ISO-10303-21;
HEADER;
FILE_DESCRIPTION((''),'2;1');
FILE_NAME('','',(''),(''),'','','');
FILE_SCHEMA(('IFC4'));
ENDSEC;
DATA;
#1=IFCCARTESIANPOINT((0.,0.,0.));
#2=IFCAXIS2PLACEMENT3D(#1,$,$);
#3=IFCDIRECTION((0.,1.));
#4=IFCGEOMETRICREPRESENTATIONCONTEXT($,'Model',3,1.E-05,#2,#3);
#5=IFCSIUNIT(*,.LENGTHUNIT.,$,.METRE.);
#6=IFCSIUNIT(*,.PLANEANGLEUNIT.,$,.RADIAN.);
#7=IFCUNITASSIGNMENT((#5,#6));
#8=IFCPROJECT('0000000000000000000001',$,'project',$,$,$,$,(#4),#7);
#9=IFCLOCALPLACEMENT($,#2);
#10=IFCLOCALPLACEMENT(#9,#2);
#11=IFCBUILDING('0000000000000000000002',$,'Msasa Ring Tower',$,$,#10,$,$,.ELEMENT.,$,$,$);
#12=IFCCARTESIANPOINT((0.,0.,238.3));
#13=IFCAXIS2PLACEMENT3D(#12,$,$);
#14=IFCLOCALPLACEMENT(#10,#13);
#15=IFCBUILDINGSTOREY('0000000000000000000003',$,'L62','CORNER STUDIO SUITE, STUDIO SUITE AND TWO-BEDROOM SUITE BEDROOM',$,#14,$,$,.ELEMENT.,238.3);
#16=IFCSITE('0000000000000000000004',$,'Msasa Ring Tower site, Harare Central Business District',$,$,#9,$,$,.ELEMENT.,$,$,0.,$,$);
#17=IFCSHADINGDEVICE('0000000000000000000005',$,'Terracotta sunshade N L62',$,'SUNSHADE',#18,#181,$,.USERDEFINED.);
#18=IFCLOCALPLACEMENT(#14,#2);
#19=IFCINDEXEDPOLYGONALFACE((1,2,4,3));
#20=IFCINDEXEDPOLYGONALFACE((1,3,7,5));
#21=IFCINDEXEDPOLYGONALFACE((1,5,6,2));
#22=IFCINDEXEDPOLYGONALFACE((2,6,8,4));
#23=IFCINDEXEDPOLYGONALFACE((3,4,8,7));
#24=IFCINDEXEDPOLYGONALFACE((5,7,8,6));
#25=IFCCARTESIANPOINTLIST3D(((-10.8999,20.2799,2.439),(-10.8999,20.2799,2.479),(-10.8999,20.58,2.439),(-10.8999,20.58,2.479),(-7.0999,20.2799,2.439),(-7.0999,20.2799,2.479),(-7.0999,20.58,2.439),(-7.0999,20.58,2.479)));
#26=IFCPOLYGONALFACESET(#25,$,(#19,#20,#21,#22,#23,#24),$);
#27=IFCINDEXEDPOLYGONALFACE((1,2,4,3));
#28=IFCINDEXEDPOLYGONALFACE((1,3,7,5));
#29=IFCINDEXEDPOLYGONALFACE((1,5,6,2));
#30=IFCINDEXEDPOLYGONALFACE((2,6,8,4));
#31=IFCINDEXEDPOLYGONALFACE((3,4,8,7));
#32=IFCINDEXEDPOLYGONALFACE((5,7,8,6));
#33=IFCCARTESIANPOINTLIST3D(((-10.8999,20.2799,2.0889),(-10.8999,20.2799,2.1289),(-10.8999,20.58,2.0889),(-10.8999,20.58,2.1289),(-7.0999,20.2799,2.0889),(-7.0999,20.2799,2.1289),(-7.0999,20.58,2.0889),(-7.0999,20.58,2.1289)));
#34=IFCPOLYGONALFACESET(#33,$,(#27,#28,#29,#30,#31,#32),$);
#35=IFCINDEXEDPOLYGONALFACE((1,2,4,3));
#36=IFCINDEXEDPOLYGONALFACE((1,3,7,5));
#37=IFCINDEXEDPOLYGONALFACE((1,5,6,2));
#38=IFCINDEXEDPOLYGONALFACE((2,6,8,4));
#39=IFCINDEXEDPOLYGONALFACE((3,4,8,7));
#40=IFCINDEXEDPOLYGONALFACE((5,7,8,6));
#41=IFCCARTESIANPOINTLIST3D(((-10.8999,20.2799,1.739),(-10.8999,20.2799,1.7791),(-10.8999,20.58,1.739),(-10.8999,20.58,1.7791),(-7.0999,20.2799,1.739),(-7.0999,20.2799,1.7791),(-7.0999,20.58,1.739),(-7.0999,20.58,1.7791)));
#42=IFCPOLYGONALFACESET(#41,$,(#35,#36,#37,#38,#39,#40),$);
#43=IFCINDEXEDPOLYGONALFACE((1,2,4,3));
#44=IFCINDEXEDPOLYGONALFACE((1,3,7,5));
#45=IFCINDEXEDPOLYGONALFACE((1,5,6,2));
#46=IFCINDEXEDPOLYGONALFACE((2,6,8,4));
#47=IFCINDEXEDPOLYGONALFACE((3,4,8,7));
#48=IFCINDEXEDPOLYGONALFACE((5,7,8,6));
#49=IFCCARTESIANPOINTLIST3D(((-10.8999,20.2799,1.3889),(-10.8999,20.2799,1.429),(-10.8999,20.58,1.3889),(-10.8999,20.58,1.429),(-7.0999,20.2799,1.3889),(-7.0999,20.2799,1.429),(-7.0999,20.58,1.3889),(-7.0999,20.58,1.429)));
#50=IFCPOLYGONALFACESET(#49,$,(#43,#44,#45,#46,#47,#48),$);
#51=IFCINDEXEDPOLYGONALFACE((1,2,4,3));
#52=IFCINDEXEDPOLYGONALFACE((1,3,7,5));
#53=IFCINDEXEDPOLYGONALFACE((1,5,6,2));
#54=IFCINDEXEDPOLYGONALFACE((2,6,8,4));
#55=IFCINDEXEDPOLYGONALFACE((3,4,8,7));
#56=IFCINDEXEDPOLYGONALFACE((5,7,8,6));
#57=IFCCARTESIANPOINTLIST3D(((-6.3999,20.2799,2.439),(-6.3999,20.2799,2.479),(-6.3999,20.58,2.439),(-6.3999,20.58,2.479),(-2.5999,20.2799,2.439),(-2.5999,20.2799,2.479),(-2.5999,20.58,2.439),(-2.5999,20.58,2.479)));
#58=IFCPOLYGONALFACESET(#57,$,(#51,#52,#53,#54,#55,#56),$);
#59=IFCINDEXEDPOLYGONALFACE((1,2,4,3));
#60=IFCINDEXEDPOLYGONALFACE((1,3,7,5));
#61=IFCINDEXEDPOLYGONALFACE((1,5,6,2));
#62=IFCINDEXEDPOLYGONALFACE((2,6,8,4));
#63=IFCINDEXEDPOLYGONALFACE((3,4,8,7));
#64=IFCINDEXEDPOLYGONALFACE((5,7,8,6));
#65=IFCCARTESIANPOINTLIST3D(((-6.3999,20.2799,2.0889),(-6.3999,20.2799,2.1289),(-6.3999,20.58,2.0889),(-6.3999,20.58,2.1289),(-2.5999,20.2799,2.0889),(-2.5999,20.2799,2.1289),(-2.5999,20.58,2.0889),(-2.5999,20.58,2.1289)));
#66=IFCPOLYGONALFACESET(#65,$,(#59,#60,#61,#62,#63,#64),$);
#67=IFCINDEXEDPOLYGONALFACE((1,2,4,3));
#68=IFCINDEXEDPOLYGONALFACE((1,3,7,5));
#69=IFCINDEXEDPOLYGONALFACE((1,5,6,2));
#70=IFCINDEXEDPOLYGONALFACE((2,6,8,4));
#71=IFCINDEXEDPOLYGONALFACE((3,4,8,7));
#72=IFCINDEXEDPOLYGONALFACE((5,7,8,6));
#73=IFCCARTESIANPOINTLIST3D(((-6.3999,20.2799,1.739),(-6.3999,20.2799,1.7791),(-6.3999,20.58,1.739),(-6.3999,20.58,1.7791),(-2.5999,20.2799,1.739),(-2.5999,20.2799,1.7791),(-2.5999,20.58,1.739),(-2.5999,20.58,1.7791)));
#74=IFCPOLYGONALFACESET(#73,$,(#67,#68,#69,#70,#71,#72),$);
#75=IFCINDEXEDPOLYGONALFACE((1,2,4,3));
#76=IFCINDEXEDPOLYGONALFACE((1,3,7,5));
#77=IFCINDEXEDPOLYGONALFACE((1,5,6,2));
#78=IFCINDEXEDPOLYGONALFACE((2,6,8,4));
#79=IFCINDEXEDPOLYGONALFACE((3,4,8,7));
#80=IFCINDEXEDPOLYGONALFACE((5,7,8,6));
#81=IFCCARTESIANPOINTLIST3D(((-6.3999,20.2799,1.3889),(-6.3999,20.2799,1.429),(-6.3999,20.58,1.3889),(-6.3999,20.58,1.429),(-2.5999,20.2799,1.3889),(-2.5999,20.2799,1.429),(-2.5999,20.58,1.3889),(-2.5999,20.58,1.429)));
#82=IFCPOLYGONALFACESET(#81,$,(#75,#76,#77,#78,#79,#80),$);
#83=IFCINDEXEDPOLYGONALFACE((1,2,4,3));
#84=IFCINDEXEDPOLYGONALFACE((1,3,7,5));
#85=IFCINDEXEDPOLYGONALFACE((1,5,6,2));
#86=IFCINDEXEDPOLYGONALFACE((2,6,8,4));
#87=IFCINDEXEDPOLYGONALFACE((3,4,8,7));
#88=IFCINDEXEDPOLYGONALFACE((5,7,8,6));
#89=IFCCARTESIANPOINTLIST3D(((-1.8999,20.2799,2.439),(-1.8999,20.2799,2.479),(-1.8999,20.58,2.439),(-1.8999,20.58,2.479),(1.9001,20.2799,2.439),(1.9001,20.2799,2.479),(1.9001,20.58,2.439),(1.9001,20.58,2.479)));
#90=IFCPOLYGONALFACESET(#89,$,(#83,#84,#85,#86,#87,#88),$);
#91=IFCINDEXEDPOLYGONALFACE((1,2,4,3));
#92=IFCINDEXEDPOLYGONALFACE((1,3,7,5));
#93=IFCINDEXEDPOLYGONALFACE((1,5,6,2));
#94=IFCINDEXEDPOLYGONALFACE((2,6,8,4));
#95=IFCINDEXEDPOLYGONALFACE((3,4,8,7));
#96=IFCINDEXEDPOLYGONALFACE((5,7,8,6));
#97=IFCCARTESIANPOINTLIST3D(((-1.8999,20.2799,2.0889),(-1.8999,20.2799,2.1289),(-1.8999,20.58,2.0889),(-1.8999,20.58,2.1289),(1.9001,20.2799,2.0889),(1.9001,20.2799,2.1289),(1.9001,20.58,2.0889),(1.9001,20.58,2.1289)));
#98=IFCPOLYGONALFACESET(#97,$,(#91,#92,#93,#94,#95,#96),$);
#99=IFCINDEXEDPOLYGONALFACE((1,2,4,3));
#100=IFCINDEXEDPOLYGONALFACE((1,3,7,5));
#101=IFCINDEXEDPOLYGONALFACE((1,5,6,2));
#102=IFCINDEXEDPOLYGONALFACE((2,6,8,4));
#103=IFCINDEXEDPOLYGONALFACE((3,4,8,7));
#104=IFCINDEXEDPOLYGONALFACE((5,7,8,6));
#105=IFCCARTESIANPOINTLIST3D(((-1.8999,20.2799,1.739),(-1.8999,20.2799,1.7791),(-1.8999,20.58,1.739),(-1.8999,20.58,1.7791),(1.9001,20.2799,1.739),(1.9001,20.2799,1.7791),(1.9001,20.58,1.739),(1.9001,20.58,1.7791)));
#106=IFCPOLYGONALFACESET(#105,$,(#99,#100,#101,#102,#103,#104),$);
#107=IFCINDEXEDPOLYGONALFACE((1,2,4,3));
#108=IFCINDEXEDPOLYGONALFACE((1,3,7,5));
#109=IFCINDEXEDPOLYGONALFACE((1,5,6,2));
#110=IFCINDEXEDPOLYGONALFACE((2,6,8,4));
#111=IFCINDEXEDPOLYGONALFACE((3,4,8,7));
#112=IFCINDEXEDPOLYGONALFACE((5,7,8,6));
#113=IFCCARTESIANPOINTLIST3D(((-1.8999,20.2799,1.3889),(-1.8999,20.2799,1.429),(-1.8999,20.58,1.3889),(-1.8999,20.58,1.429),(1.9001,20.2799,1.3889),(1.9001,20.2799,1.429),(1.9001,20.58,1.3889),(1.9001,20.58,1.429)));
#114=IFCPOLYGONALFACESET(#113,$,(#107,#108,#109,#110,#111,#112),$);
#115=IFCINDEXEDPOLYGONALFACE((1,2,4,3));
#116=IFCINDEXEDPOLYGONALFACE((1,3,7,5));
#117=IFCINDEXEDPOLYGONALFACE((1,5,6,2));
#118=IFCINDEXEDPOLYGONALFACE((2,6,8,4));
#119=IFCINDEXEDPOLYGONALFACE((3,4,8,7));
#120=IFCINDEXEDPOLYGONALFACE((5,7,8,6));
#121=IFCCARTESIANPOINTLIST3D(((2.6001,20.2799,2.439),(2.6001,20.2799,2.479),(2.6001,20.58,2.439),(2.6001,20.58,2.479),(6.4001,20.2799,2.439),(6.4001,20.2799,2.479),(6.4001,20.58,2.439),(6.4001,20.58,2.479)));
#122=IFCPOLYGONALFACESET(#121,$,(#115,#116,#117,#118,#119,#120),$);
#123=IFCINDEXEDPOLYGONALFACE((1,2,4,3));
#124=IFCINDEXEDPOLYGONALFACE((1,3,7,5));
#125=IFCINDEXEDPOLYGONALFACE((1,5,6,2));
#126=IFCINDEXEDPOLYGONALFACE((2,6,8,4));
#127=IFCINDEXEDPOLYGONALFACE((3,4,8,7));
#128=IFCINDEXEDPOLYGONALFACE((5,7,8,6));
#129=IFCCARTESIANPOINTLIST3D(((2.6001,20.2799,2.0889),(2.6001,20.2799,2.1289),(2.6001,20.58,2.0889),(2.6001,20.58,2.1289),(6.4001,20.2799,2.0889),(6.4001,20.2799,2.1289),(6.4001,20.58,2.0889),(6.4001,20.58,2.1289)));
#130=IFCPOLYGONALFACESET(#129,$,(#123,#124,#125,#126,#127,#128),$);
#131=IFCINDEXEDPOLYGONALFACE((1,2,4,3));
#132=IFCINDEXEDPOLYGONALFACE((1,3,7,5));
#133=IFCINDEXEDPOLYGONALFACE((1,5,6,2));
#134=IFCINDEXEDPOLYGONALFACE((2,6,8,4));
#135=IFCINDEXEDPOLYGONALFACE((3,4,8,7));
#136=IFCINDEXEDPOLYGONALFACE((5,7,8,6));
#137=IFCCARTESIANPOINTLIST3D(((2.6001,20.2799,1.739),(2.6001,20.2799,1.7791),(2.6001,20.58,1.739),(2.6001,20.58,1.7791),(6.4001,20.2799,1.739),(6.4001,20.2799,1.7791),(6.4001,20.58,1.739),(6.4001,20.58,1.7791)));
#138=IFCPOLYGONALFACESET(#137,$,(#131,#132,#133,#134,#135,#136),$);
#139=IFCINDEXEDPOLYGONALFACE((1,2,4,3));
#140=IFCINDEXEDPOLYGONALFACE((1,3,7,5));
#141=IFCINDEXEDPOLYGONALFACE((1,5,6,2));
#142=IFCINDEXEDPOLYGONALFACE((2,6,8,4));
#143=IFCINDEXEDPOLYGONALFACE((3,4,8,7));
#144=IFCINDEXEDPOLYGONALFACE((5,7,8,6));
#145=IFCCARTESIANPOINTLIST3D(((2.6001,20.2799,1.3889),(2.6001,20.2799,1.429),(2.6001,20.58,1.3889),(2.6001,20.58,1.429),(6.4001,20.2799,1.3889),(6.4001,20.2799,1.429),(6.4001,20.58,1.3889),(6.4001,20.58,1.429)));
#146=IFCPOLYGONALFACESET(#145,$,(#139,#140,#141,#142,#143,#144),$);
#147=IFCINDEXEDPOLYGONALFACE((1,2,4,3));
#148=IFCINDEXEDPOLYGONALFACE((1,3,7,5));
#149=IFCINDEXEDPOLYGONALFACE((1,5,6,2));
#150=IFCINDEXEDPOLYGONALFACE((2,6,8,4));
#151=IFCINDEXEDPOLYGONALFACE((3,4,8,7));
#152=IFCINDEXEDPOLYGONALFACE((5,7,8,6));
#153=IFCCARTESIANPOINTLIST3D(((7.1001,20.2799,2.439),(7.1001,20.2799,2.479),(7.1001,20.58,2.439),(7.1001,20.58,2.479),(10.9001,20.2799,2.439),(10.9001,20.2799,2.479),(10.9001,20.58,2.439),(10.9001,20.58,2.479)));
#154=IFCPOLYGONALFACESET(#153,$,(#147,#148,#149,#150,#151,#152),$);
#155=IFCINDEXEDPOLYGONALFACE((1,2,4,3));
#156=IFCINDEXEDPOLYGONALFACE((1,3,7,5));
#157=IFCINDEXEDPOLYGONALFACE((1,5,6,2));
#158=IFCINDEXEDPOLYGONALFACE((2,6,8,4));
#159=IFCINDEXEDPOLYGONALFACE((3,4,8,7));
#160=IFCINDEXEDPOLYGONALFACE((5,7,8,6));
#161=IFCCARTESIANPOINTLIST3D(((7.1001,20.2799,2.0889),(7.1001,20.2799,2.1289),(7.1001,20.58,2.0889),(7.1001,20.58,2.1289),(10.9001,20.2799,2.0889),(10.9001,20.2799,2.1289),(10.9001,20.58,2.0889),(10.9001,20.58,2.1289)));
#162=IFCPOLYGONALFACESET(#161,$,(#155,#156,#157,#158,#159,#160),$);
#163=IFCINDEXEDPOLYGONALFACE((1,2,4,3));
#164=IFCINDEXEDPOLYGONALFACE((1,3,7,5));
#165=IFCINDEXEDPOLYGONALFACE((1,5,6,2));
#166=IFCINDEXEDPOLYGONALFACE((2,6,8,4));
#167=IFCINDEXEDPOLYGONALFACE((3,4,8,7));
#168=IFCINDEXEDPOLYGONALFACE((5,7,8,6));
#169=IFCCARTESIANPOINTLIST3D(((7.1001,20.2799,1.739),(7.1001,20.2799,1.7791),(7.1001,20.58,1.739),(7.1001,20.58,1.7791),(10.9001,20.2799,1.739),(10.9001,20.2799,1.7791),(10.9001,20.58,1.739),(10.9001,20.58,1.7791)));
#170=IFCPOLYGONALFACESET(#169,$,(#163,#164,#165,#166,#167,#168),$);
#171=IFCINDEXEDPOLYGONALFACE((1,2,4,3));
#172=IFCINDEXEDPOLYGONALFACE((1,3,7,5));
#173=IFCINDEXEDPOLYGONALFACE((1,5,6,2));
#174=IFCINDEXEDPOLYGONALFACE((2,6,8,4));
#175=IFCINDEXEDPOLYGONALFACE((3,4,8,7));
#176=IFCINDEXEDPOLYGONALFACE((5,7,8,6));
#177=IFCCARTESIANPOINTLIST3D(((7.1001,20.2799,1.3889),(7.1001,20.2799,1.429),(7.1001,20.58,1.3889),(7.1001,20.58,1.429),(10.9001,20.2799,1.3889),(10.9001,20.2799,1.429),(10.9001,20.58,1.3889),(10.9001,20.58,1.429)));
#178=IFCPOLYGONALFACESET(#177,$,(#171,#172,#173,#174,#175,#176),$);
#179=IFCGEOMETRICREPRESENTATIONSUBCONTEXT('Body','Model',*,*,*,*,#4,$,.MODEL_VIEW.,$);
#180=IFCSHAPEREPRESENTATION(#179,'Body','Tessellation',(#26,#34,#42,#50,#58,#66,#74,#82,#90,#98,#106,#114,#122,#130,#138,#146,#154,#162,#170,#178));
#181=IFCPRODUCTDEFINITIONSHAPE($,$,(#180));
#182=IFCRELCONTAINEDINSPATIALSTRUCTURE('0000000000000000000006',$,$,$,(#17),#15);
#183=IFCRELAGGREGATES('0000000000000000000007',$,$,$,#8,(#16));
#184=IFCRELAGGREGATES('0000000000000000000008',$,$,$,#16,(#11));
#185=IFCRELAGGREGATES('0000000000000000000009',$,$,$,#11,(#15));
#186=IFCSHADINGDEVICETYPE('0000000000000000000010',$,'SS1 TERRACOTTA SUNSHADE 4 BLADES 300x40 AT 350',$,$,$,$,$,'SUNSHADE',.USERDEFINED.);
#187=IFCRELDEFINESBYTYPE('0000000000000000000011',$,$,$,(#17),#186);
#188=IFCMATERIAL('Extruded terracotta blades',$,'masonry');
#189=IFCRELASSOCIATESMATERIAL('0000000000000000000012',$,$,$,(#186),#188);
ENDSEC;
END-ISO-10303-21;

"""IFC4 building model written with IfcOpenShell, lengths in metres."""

from ifc_helpers import new_model, si_unit, direction, frame, origin, origin_2d, place, context, subcontext, project, spatial, rectangle, extrude, material, type_object, element, save


model = new_model("IFC4")

# Units and contexts
model_context = context("Model", 3, precision=1e-05, world=origin(), true_north=direction((0.0, 1.0)))
body_context = subcontext(model_context, "Body", "Model", "MODEL_VIEW")
ifc_project = project(units=[si_unit("LENGTHUNIT", "METRE"), si_unit("PLANEANGLEUNIT", "RADIAN")], contexts=[model_context])

# Site, building, storey
site_placement = place(None, origin())
site = spatial("IfcSite", under=ifc_project, at=site_placement, Name="Msasa Ring Tower site, Harare Central Business District", CompositionType="ELEMENT", RefElevation=0.0)
building_placement = place(site_placement, origin())
building = spatial("IfcBuilding", under=site, at=building_placement, Name="Msasa Ring Tower", CompositionType="ELEMENT")
storey_placement = place(building_placement, frame((0.0, 0.0, 238.3)))
storey = spatial("IfcBuildingStorey", under=building, at=storey_placement, Name="L62", Description="CORNER STUDIO SUITE, STUDIO SUITE AND TWO-BEDROOM SUITE BEDROOM", CompositionType="ELEMENT", Elevation=238.3)

# Shading device
ifc_material_1 = material(Name="Extruded terracotta blades", Category="masonry")
shading_device_type_1 = type_object("IfcShadingDeviceType", Name="SS1 TERRACOTTA SUNSHADE 4 BLADES 300x40 AT 350", ElementType="SUNSHADE", PredefinedType="USERDEFINED", material=ifc_material_1)
shading_device_1_placement = place(storey_placement, origin())
element("IfcShadingDevice", 1, at=shading_device_1_placement, inside=storey, type_object=shading_device_type_1, Name="Terracotta sunshade N L62", ObjectType="SUNSHADE", PredefinedType="USERDEFINED", context=body_context, shape_type="SweptSolid", body=[
    extrude(rectangle(XDim=0.04, YDim=0.3, at=origin_2d()), frame((-10.8999, 20.4299, 2.459), z_axis=(1.0, 0.0, 0.0), x_axis=(0.0, 0.0, 1.0)), (0.0, 0.0, 1.0), 3.8),
    extrude(rectangle(XDim=0.04, YDim=0.3, at=origin_2d()), frame((-10.8999, 20.4299, 2.1089), z_axis=(1.0, 0.0, 0.0), x_axis=(0.0, 0.0, 1.0)), (0.0, 0.0, 1.0), 3.8),
    extrude(rectangle(XDim=0.04, YDim=0.3, at=origin_2d()), frame((-10.8999, 20.4299, 1.759), z_axis=(1.0, 0.0, 0.0), x_axis=(0.0, 0.0, 1.0)), (0.0, 0.0, 1.0), 3.8),
    extrude(rectangle(XDim=0.04, YDim=0.3, at=origin_2d()), frame((-10.8999, 20.4299, 1.4089), z_axis=(1.0, 0.0, 0.0), x_axis=(0.0, 0.0, 1.0)), (0.0, 0.0, 1.0), 3.8),
    extrude(rectangle(XDim=0.04, YDim=0.3, at=origin_2d()), frame((-6.3999, 20.4299, 2.459), z_axis=(1.0, 0.0, 0.0), x_axis=(0.0, 0.0, 1.0)), (0.0, 0.0, 1.0), 3.8),
    extrude(rectangle(XDim=0.04, YDim=0.3, at=origin_2d()), frame((-6.3999, 20.4299, 2.1089), z_axis=(1.0, 0.0, 0.0), x_axis=(0.0, 0.0, 1.0)), (0.0, 0.0, 1.0), 3.8),
    extrude(rectangle(XDim=0.04, YDim=0.3, at=origin_2d()), frame((-6.3999, 20.4299, 1.759), z_axis=(1.0, 0.0, 0.0), x_axis=(0.0, 0.0, 1.0)), (0.0, 0.0, 1.0), 3.8),
    extrude(rectangle(XDim=0.04, YDim=0.3, at=origin_2d()), frame((-6.3999, 20.4299, 1.4089), z_axis=(1.0, 0.0, 0.0), x_axis=(0.0, 0.0, 1.0)), (0.0, 0.0, 1.0), 3.8),
    extrude(rectangle(XDim=0.04, YDim=0.3, at=origin_2d()), frame((-1.8999, 20.4299, 2.459), z_axis=(1.0, 0.0, 0.0), x_axis=(0.0, 0.0, 1.0)), (0.0, 0.0, 1.0), 3.8),
    extrude(rectangle(XDim=0.04, YDim=0.3, at=origin_2d()), frame((-1.8999, 20.4299, 2.1089), z_axis=(1.0, 0.0, 0.0), x_axis=(0.0, 0.0, 1.0)), (0.0, 0.0, 1.0), 3.8),
    extrude(rectangle(XDim=0.04, YDim=0.3, at=origin_2d()), frame((-1.8999, 20.4299, 1.759), z_axis=(1.0, 0.0, 0.0), x_axis=(0.0, 0.0, 1.0)), (0.0, 0.0, 1.0), 3.8),
    extrude(rectangle(XDim=0.04, YDim=0.3, at=origin_2d()), frame((-1.8999, 20.4299, 1.4089), z_axis=(1.0, 0.0, 0.0), x_axis=(0.0, 0.0, 1.0)), (0.0, 0.0, 1.0), 3.8),
    extrude(rectangle(XDim=0.04, YDim=0.3, at=origin_2d()), frame((2.6001, 20.4299, 2.459), z_axis=(1.0, 0.0, 0.0), x_axis=(0.0, 0.0, 1.0)), (0.0, 0.0, 1.0), 3.8),
    extrude(rectangle(XDim=0.04, YDim=0.3, at=origin_2d()), frame((2.6001, 20.4299, 2.1089), z_axis=(1.0, 0.0, 0.0), x_axis=(0.0, 0.0, 1.0)), (0.0, 0.0, 1.0), 3.8),
    extrude(rectangle(XDim=0.04, YDim=0.3, at=origin_2d()), frame((2.6001, 20.4299, 1.759), z_axis=(1.0, 0.0, 0.0), x_axis=(0.0, 0.0, 1.0)), (0.0, 0.0, 1.0), 3.8),
    extrude(rectangle(XDim=0.04, YDim=0.3, at=origin_2d()), frame((2.6001, 20.4299, 1.4089), z_axis=(1.0, 0.0, 0.0), x_axis=(0.0, 0.0, 1.0)), (0.0, 0.0, 1.0), 3.8),
    extrude(rectangle(XDim=0.04, YDim=0.3, at=origin_2d()), frame((7.1001, 20.4299, 2.459), z_axis=(1.0, 0.0, 0.0), x_axis=(0.0, 0.0, 1.0)), (0.0, 0.0, 1.0), 3.8),
    extrude(rectangle(XDim=0.04, YDim=0.3, at=origin_2d()), frame((7.1001, 20.4299, 2.1089), z_axis=(1.0, 0.0, 0.0), x_axis=(0.0, 0.0, 1.0)), (0.0, 0.0, 1.0), 3.8),
    extrude(rectangle(XDim=0.04, YDim=0.3, at=origin_2d()), frame((7.1001, 20.4299, 1.759), z_axis=(1.0, 0.0, 0.0), x_axis=(0.0, 0.0, 1.0)), (0.0, 0.0, 1.0), 3.8),
    extrude(rectangle(XDim=0.04, YDim=0.3, at=origin_2d()), frame((7.1001, 20.4299, 1.4089), z_axis=(1.0, 0.0, 0.0), x_axis=(0.0, 0.0, 1.0)), (0.0, 0.0, 1.0), 3.8),
])

save(model, "model.ifc")
